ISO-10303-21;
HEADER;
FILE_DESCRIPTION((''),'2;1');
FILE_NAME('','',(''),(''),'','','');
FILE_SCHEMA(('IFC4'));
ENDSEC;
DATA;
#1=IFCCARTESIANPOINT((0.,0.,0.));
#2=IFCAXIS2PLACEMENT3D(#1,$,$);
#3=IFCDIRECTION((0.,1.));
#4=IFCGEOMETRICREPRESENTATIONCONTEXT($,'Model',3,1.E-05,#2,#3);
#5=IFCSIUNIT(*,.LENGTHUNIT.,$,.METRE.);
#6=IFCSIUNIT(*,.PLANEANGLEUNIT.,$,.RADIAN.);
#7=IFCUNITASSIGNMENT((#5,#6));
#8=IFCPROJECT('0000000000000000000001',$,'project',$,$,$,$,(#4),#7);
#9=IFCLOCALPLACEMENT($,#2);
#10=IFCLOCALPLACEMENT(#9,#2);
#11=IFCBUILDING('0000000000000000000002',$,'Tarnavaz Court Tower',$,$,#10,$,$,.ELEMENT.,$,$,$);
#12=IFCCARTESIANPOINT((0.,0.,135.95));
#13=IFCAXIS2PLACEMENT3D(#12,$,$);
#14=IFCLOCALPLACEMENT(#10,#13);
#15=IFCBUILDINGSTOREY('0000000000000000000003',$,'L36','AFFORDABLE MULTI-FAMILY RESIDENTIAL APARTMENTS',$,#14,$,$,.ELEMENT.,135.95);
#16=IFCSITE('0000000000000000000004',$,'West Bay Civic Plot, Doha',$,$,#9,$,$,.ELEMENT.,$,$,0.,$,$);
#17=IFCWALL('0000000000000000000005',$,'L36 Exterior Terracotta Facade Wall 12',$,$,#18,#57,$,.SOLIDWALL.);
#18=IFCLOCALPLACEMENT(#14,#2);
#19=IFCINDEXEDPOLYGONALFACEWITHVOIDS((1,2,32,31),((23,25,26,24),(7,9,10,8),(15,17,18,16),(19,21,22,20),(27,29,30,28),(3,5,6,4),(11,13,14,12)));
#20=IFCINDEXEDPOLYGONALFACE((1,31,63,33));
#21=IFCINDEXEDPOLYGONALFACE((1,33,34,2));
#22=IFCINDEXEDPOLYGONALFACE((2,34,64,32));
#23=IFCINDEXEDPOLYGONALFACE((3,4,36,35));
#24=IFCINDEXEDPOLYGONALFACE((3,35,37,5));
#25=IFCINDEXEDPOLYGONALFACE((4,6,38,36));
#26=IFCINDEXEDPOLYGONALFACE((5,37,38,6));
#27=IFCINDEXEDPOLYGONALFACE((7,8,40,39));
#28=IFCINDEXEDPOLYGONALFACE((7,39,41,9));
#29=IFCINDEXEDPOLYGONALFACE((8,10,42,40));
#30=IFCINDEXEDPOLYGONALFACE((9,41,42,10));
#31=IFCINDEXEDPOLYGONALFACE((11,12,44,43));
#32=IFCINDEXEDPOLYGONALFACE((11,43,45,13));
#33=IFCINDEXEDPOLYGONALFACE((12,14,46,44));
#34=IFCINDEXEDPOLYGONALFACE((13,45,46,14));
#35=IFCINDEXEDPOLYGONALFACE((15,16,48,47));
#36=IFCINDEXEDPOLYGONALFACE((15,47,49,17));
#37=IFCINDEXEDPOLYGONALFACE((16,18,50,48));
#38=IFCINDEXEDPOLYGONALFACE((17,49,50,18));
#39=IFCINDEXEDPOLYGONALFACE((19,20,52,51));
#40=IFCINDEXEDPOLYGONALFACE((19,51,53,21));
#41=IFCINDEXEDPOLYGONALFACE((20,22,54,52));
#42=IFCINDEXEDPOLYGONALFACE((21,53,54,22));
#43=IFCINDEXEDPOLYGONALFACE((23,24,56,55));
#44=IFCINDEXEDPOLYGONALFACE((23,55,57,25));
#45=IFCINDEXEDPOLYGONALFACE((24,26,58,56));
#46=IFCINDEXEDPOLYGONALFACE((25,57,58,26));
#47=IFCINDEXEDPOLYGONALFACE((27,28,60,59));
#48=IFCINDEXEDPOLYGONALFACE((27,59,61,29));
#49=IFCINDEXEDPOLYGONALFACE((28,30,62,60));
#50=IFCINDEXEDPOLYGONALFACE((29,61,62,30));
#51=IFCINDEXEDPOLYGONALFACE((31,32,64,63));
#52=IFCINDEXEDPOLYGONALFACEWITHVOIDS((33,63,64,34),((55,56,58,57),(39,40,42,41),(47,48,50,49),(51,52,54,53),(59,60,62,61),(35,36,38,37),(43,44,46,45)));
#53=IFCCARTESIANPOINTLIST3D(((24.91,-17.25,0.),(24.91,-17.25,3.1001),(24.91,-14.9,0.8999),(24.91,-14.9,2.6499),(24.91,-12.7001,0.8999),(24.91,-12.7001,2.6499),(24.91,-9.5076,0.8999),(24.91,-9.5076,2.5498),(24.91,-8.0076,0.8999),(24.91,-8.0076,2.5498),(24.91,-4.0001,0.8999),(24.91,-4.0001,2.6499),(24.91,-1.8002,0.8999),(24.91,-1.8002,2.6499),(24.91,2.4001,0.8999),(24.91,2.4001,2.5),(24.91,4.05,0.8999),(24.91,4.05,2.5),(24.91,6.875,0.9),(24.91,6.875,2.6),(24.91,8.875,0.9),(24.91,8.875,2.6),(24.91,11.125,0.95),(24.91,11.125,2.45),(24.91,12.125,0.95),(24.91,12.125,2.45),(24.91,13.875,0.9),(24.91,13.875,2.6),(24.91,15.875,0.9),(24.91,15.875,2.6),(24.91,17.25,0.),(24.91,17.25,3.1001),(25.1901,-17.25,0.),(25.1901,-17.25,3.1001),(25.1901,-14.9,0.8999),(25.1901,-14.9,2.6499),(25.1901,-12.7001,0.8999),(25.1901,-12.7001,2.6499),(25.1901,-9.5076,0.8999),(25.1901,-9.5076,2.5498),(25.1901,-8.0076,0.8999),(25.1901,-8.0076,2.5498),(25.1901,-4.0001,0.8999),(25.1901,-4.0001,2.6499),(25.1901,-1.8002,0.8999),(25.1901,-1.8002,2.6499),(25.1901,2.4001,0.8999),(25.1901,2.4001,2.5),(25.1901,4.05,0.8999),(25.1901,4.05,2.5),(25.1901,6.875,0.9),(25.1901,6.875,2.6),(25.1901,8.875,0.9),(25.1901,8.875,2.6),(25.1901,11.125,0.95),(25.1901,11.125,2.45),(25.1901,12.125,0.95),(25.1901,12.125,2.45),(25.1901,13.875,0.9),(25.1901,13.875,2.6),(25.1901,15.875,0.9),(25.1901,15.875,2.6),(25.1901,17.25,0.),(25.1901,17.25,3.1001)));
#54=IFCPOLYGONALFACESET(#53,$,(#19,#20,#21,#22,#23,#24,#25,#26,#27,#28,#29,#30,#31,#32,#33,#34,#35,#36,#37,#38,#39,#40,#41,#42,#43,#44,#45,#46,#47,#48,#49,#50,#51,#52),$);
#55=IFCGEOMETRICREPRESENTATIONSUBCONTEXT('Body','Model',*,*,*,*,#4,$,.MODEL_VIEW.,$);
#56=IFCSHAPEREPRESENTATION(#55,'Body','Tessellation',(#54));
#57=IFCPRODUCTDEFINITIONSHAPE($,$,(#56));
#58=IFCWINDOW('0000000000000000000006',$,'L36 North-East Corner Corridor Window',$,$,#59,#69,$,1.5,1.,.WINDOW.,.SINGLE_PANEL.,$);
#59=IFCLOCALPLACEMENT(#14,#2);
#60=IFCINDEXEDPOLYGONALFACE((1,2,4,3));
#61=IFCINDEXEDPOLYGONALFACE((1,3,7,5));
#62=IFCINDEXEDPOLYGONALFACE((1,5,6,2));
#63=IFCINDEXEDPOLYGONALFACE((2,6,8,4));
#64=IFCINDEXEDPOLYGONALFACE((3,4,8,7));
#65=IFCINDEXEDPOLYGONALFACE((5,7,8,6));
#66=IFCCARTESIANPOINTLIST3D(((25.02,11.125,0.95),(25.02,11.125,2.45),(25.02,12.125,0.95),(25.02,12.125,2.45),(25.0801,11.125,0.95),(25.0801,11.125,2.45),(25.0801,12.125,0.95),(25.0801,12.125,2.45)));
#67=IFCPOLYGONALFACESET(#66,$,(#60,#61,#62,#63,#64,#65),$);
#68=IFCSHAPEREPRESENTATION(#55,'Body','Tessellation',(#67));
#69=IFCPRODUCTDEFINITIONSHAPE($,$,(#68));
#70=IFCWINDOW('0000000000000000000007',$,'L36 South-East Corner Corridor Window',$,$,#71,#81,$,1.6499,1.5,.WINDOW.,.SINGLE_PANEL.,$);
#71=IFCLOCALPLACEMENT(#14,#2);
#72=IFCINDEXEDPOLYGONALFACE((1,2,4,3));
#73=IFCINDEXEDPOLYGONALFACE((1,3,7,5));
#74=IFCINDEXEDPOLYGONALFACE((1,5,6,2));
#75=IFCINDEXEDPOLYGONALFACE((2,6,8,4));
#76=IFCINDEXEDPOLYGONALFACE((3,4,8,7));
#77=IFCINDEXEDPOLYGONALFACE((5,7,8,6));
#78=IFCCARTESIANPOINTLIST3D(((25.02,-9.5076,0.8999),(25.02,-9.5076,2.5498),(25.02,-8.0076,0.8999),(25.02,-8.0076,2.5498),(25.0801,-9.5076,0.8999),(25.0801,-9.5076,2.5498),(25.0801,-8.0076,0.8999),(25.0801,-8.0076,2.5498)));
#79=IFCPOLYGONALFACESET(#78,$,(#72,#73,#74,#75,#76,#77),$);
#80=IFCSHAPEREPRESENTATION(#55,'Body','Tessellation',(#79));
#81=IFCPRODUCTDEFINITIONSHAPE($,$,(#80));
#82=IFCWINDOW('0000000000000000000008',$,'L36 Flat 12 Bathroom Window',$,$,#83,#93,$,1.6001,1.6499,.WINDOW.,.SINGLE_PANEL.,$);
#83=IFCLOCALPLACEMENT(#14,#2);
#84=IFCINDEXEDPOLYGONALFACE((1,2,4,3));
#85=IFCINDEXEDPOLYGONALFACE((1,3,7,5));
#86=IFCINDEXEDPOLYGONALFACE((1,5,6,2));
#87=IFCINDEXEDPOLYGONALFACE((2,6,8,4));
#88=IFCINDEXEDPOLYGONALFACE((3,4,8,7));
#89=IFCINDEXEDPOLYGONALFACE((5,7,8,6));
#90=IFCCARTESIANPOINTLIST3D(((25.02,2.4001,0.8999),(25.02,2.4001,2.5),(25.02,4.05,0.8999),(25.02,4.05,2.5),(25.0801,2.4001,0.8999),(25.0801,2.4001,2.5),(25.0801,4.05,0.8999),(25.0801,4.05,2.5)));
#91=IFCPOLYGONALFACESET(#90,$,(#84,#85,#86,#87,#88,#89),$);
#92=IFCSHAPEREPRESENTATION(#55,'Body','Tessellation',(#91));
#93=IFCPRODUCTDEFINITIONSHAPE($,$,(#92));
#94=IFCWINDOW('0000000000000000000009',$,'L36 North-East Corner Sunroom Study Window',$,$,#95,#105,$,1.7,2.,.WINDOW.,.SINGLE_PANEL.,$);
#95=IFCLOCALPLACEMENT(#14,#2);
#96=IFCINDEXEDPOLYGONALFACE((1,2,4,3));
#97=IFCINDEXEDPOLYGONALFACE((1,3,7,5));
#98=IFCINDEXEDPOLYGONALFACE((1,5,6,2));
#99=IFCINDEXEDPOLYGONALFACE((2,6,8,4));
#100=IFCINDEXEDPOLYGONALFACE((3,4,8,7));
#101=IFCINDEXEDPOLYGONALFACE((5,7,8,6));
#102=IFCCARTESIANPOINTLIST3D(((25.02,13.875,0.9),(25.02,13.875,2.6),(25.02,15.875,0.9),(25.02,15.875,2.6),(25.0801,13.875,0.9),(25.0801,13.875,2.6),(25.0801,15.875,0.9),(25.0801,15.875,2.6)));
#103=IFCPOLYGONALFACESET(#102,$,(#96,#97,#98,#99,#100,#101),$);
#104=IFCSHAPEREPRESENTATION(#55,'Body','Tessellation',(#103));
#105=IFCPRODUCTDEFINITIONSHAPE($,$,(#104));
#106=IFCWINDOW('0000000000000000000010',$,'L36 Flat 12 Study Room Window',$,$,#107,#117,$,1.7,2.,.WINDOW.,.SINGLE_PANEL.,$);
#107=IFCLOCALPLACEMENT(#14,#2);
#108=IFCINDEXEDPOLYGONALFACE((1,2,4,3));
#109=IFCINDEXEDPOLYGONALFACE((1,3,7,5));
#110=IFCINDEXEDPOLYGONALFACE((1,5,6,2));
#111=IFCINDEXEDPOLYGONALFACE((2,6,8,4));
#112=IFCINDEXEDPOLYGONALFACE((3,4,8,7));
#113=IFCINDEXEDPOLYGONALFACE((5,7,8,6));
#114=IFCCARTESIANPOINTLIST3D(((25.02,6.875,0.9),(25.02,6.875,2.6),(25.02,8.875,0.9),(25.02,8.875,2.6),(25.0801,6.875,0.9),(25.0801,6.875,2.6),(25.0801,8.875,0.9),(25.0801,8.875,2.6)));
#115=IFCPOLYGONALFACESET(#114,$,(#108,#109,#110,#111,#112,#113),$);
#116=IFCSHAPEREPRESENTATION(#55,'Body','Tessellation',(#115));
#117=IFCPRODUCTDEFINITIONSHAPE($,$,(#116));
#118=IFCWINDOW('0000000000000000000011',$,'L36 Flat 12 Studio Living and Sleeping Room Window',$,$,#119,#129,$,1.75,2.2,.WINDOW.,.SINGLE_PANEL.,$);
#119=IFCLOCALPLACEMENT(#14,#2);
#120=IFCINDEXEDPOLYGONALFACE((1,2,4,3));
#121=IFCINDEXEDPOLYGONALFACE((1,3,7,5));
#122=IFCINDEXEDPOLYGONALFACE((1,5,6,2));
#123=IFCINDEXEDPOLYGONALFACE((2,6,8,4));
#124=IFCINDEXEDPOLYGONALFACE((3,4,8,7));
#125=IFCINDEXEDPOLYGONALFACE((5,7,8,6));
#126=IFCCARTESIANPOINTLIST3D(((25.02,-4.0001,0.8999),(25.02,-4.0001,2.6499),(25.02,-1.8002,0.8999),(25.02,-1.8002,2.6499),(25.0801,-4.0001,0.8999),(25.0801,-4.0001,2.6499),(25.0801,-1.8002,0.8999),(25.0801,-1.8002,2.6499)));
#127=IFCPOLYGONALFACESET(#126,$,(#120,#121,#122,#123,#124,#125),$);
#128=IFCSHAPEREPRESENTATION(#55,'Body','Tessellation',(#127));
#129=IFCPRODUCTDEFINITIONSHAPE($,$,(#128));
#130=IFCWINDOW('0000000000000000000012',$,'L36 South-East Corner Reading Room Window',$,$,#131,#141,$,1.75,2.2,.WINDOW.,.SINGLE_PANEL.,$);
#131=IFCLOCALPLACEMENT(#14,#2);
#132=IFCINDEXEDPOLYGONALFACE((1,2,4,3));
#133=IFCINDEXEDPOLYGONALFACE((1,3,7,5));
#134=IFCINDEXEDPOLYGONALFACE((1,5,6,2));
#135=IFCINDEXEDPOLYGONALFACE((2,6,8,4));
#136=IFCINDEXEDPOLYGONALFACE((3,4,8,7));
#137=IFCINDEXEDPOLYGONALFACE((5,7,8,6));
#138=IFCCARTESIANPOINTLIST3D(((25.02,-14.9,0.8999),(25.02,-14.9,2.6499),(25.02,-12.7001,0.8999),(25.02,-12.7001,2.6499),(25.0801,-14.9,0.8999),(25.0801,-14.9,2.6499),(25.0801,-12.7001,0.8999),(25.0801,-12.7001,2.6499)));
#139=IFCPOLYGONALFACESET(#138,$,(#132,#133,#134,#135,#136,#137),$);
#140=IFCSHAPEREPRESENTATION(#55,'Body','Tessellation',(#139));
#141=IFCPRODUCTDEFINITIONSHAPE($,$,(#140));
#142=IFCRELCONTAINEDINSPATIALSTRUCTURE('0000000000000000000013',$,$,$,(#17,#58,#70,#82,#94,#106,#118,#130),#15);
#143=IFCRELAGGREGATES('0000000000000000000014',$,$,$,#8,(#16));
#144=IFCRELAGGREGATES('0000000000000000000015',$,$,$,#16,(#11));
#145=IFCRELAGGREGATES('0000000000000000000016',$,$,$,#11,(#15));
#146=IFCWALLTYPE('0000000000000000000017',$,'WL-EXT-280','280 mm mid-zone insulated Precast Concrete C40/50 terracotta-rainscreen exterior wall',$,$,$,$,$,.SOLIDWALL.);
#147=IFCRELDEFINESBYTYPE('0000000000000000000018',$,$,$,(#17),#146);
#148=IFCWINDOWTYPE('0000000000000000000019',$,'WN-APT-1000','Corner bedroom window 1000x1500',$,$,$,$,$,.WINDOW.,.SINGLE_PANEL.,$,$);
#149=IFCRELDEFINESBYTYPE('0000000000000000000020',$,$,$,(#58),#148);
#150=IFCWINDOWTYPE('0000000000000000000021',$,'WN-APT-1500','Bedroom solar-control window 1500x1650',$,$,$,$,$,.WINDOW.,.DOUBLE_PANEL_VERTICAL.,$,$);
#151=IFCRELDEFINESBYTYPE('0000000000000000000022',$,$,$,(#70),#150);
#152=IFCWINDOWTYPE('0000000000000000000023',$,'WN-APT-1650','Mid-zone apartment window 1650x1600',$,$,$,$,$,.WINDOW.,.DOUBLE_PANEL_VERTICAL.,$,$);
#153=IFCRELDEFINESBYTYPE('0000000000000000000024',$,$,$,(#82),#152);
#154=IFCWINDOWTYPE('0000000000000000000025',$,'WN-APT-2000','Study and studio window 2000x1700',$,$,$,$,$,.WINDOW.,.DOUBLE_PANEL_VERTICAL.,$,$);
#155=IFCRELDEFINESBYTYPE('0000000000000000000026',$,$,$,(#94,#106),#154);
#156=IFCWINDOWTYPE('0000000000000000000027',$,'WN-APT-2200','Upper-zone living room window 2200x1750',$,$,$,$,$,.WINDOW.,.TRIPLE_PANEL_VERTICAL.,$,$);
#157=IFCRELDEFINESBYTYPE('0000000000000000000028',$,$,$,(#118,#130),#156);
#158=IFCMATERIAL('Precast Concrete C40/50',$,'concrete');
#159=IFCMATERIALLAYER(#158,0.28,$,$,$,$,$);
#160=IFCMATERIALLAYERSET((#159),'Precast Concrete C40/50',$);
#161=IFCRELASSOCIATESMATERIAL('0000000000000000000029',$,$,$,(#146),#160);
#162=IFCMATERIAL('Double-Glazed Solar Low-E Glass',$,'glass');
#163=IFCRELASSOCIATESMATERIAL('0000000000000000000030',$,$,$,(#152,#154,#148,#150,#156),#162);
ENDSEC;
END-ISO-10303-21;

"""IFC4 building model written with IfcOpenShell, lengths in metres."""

from ifc_helpers import new_model, si_unit, direction, frame, frame_2d, origin, place, context, subcontext, project, spatial, rectangle, extrude, material, layer, layer_set, type_object, element, fill, save


model = new_model("IFC4")

# Units and contexts
model_context = context("Model", 3, precision=1e-05, world=origin(), true_north=direction((0.0, 1.0)))
body_context = subcontext(model_context, "Body", "Model", "MODEL_VIEW")
ifc_project = project(units=[si_unit("LENGTHUNIT", "METRE"), si_unit("PLANEANGLEUNIT", "RADIAN")], contexts=[model_context])

# Site, building, storey
site_placement = place(None, origin())
site = spatial("IfcSite", under=ifc_project, at=site_placement, Name="West Bay Civic Plot, Doha", CompositionType="ELEMENT", RefElevation=0.0)
building_placement = place(site_placement, origin())
building = spatial("IfcBuilding", under=site, at=building_placement, Name="Tarnavaz Court Tower", CompositionType="ELEMENT")
storey_placement = place(building_placement, frame((0.0, 0.0, 135.95)))
storey = spatial("IfcBuildingStorey", under=building, at=storey_placement, Name="L36", Description="AFFORDABLE MULTI-FAMILY RESIDENTIAL APARTMENTS", CompositionType="ELEMENT", Elevation=135.95)

# Shared definitions
ifc_material_1 = material(Name="Precast Concrete C40/50", Category="concrete")
ifc_layer_1 = layer(ifc_material_1, 0.28)
ifc_layer_set_1 = layer_set([ifc_layer_1], Name="Precast Concrete C40/50")
wall_type_1 = type_object("IfcWallType", Name="WL-EXT-280", Description="280 mm mid-zone insulated Precast Concrete C40/50 terracotta-rainscreen exterior wall", PredefinedType="SOLIDWALL", material=ifc_layer_set_1)
ifc_material_2 = material(Name="Double-Glazed Solar Low-E Glass", Category="glass")
window_type_1 = type_object("IfcWindowType", Name="WN-APT-1650", Description="Mid-zone apartment window 1650x1600", PartitioningType="DOUBLE_PANEL_VERTICAL", PredefinedType="WINDOW", material=ifc_material_2)
window_type_2 = type_object("IfcWindowType", Name="WN-APT-2000", Description="Study and studio window 2000x1700", PartitioningType="DOUBLE_PANEL_VERTICAL", PredefinedType="WINDOW", material=ifc_material_2)

# Wall, openings, windows
wall_1_placement = place(storey_placement, frame((25.05, 17.25, 0.0), z_axis=(0.0, 0.0, 1.0), x_axis=(0.0, -1.0, 0.0)))
wall_1 = element("IfcWall", 1, at=wall_1_placement, inside=storey, type_object=wall_type_1, Name="L36 Exterior Terracotta Facade Wall 12", PredefinedType="SOLIDWALL", context=body_context, shape_type="SweptSolid", body=[
    extrude(rectangle(XDim=34.5, YDim=0.28, at=frame_2d((17.25, 0.0))), origin(), (0.0, 0.0, 1.0), 3.1001),
])
opening_1_placement = place(wall_1_placement, frame((1.375, 0.0, 0.8999)))
opening_1 = element("IfcOpeningElement", 2, at=opening_1_placement, cuts=wall_1, PredefinedType="OPENING", context=body_context, shape_type="SweptSolid", body=[
    extrude(rectangle(XDim=2.0, YDim=1.7, at=frame_2d((1.0, 0.8501))), frame((0.0, 0.1499, 0.0), z_axis=(0.0, -1.0, 0.0), x_axis=(1.0, 0.0, 0.0)), (0.0, 0.0, 1.0), 0.3),
])
opening_2_placement = place(wall_1_placement, frame((5.125, 0.0, 0.95)))
opening_2 = element("IfcOpeningElement", 3, at=opening_2_placement, cuts=wall_1, PredefinedType="OPENING", context=body_context, shape_type="SweptSolid", body=[
    extrude(rectangle(XDim=1.0, YDim=1.5, at=frame_2d((0.5, 0.75))), frame((0.0, 0.1499, 0.0), z_axis=(0.0, -1.0, 0.0), x_axis=(1.0, 0.0, 0.0)), (0.0, 0.0, 1.0), 0.3),
])
opening_3_placement = place(wall_1_placement, frame((8.375, 0.0, 0.8999)))
opening_3 = element("IfcOpeningElement", 4, at=opening_3_placement, cuts=wall_1, PredefinedType="OPENING", context=body_context, shape_type="SweptSolid", body=[
    extrude(rectangle(XDim=2.0, YDim=1.7, at=frame_2d((1.0, 0.8501))), frame((0.0, 0.1499, 0.0), z_axis=(0.0, -1.0, 0.0), x_axis=(1.0, 0.0, 0.0)), (0.0, 0.0, 1.0), 0.3),
])
opening_4_placement = place(wall_1_placement, frame((13.2, 0.0, 0.8999)))
opening_4 = element("IfcOpeningElement", 5, at=opening_4_placement, cuts=wall_1, PredefinedType="OPENING", context=body_context, shape_type="SweptSolid", body=[
    extrude(rectangle(XDim=1.6499, YDim=1.6001, at=frame_2d((0.825, 0.8))), frame((0.0, 0.1499, 0.0), z_axis=(0.0, -1.0, 0.0), x_axis=(1.0, 0.0, 0.0)), (0.0, 0.0, 1.0), 0.3),
])
opening_5_placement = place(wall_1_placement, frame((19.05, 0.0, 0.8999)))
opening_5 = element("IfcOpeningElement", 6, at=opening_5_placement, cuts=wall_1, PredefinedType="OPENING", context=body_context, shape_type="SweptSolid", body=[
    extrude(rectangle(XDim=2.2, YDim=1.75, at=frame_2d((1.1001, 0.875))), frame((0.0, 0.1499, 0.0), z_axis=(0.0, -1.0, 0.0), x_axis=(1.0, 0.0, 0.0)), (0.0, 0.0, 1.0), 0.3),
])
opening_6_placement = place(wall_1_placement, frame((25.2576, 0.0, 0.8999)))
opening_6 = element("IfcOpeningElement", 7, at=opening_6_placement, cuts=wall_1, PredefinedType="OPENING", context=body_context, shape_type="SweptSolid", body=[
    extrude(rectangle(XDim=1.5, YDim=1.6499, at=frame_2d((0.75, 0.825))), frame((0.0, 0.1499, 0.0), z_axis=(0.0, -1.0, 0.0), x_axis=(1.0, 0.0, 0.0)), (0.0, 0.0, 1.0), 0.3),
])
opening_7_placement = place(wall_1_placement, frame((29.95, 0.0, 0.8999)))
opening_7 = element("IfcOpeningElement", 8, at=opening_7_placement, cuts=wall_1, PredefinedType="OPENING", context=body_context, shape_type="SweptSolid", body=[
    extrude(rectangle(XDim=2.2, YDim=1.75, at=frame_2d((1.1001, 0.875))), frame((0.0, 0.1499, 0.0), z_axis=(0.0, -1.0, 0.0), x_axis=(1.0, 0.0, 0.0)), (0.0, 0.0, 1.0), 0.3),
])
window_type_3 = type_object("IfcWindowType", Name="WN-APT-1000", Description="Corner bedroom window 1000x1500", PartitioningType="SINGLE_PANEL", PredefinedType="WINDOW", material=ifc_material_2)
window_1_placement = place(opening_2_placement, origin())
window_1 = element("IfcWindow", 9, at=window_1_placement, inside=storey, type_object=window_type_3, Name="L36 North-East Corner Corridor Window", OverallHeight=1.5, OverallWidth=1.0, PartitioningType="SINGLE_PANEL", PredefinedType="WINDOW", context=body_context, shape_type="SweptSolid", body=[
    extrude(rectangle(XDim=1.0, YDim=1.5, at=frame_2d((0.5, 0.75))), frame((0.0, 0.03, 0.0), z_axis=(0.0, -1.0, 0.0), x_axis=(1.0, 0.0, 0.0)), (0.0, 0.0, 1.0), 0.0601),
])
fill(opening_2, window_1)
window_type_4 = type_object("IfcWindowType", Name="WN-APT-1500", Description="Bedroom solar-control window 1500x1650", PartitioningType="DOUBLE_PANEL_VERTICAL", PredefinedType="WINDOW", material=ifc_material_2)
window_2_placement = place(opening_6_placement, origin())
window_2 = element("IfcWindow", 10, at=window_2_placement, inside=storey, type_object=window_type_4, Name="L36 South-East Corner Corridor Window", OverallHeight=1.6499, OverallWidth=1.5, PartitioningType="SINGLE_PANEL", PredefinedType="WINDOW", context=body_context, shape_type="SweptSolid", body=[
    extrude(rectangle(XDim=1.5, YDim=1.6499, at=frame_2d((0.75, 0.825))), frame((0.0, 0.03, 0.0), z_axis=(0.0, -1.0, 0.0), x_axis=(1.0, 0.0, 0.0)), (0.0, 0.0, 1.0), 0.0601),
])
fill(opening_6, window_2)
window_3_placement = place(opening_4_placement, origin())
window_3 = element("IfcWindow", 11, at=window_3_placement, inside=storey, type_object=window_type_1, Name="L36 Flat 12 Bathroom Window", OverallHeight=1.6001, OverallWidth=1.6499, PartitioningType="SINGLE_PANEL", PredefinedType="WINDOW", context=body_context, shape_type="SweptSolid", body=[
    extrude(rectangle(XDim=1.6499, YDim=1.6001, at=frame_2d((0.825, 0.8))), frame((0.0, 0.03, 0.0), z_axis=(0.0, -1.0, 0.0), x_axis=(1.0, 0.0, 0.0)), (0.0, 0.0, 1.0), 0.0601),
])
fill(opening_4, window_3)
window_4_placement = place(opening_1_placement, origin())
window_4 = element("IfcWindow", 12, at=window_4_placement, inside=storey, type_object=window_type_2, Name="L36 North-East Corner Sunroom Study Window", OverallHeight=1.7, OverallWidth=2.0, PartitioningType="SINGLE_PANEL", PredefinedType="WINDOW", context=body_context, shape_type="SweptSolid", body=[
    extrude(rectangle(XDim=2.0, YDim=1.7, at=frame_2d((1.0, 0.8501))), frame((0.0, 0.03, 0.0), z_axis=(0.0, -1.0, 0.0), x_axis=(1.0, 0.0, 0.0)), (0.0, 0.0, 1.0), 0.0601),
])
fill(opening_1, window_4)
window_5_placement = place(opening_3_placement, origin())
window_5 = element("IfcWindow", 13, at=window_5_placement, inside=storey, type_object=window_type_2, Name="L36 Flat 12 Study Room Window", OverallHeight=1.7, OverallWidth=2.0, PartitioningType="SINGLE_PANEL", PredefinedType="WINDOW", context=body_context, shape_type="SweptSolid", body=[
    extrude(rectangle(XDim=2.0, YDim=1.7, at=frame_2d((1.0, 0.8501))), frame((0.0, 0.03, 0.0), z_axis=(0.0, -1.0, 0.0), x_axis=(1.0, 0.0, 0.0)), (0.0, 0.0, 1.0), 0.0601),
])
fill(opening_3, window_5)
window_type_5 = type_object("IfcWindowType", Name="WN-APT-2200", Description="Upper-zone living room window 2200x1750", PartitioningType="TRIPLE_PANEL_VERTICAL", PredefinedType="WINDOW", material=ifc_material_2)
window_6_placement = place(opening_5_placement, origin())
window_6 = element("IfcWindow", 14, at=window_6_placement, inside=storey, type_object=window_type_5, Name="L36 Flat 12 Studio Living and Sleeping Room Window", OverallHeight=1.75, OverallWidth=2.2, PartitioningType="SINGLE_PANEL", PredefinedType="WINDOW", context=body_context, shape_type="SweptSolid", body=[
    extrude(rectangle(XDim=2.2, YDim=1.75, at=frame_2d((1.1001, 0.875))), frame((0.0, 0.03, 0.0), z_axis=(0.0, -1.0, 0.0), x_axis=(1.0, 0.0, 0.0)), (0.0, 0.0, 1.0), 0.0601),
])
fill(opening_5, window_6)
window_7_placement = place(opening_7_placement, origin())
window_7 = element("IfcWindow", 15, at=window_7_placement, inside=storey, type_object=window_type_5, Name="L36 South-East Corner Reading Room Window", OverallHeight=1.75, OverallWidth=2.2, PartitioningType="SINGLE_PANEL", PredefinedType="WINDOW", context=body_context, shape_type="SweptSolid", body=[
    extrude(rectangle(XDim=2.2, YDim=1.75, at=frame_2d((1.1001, 0.875))), frame((0.0, 0.03, 0.0), z_axis=(0.0, -1.0, 0.0), x_axis=(1.0, 0.0, 0.0)), (0.0, 0.0, 1.0), 0.0601),
])
fill(opening_7, window_7)

save(model, "model.ifc")
